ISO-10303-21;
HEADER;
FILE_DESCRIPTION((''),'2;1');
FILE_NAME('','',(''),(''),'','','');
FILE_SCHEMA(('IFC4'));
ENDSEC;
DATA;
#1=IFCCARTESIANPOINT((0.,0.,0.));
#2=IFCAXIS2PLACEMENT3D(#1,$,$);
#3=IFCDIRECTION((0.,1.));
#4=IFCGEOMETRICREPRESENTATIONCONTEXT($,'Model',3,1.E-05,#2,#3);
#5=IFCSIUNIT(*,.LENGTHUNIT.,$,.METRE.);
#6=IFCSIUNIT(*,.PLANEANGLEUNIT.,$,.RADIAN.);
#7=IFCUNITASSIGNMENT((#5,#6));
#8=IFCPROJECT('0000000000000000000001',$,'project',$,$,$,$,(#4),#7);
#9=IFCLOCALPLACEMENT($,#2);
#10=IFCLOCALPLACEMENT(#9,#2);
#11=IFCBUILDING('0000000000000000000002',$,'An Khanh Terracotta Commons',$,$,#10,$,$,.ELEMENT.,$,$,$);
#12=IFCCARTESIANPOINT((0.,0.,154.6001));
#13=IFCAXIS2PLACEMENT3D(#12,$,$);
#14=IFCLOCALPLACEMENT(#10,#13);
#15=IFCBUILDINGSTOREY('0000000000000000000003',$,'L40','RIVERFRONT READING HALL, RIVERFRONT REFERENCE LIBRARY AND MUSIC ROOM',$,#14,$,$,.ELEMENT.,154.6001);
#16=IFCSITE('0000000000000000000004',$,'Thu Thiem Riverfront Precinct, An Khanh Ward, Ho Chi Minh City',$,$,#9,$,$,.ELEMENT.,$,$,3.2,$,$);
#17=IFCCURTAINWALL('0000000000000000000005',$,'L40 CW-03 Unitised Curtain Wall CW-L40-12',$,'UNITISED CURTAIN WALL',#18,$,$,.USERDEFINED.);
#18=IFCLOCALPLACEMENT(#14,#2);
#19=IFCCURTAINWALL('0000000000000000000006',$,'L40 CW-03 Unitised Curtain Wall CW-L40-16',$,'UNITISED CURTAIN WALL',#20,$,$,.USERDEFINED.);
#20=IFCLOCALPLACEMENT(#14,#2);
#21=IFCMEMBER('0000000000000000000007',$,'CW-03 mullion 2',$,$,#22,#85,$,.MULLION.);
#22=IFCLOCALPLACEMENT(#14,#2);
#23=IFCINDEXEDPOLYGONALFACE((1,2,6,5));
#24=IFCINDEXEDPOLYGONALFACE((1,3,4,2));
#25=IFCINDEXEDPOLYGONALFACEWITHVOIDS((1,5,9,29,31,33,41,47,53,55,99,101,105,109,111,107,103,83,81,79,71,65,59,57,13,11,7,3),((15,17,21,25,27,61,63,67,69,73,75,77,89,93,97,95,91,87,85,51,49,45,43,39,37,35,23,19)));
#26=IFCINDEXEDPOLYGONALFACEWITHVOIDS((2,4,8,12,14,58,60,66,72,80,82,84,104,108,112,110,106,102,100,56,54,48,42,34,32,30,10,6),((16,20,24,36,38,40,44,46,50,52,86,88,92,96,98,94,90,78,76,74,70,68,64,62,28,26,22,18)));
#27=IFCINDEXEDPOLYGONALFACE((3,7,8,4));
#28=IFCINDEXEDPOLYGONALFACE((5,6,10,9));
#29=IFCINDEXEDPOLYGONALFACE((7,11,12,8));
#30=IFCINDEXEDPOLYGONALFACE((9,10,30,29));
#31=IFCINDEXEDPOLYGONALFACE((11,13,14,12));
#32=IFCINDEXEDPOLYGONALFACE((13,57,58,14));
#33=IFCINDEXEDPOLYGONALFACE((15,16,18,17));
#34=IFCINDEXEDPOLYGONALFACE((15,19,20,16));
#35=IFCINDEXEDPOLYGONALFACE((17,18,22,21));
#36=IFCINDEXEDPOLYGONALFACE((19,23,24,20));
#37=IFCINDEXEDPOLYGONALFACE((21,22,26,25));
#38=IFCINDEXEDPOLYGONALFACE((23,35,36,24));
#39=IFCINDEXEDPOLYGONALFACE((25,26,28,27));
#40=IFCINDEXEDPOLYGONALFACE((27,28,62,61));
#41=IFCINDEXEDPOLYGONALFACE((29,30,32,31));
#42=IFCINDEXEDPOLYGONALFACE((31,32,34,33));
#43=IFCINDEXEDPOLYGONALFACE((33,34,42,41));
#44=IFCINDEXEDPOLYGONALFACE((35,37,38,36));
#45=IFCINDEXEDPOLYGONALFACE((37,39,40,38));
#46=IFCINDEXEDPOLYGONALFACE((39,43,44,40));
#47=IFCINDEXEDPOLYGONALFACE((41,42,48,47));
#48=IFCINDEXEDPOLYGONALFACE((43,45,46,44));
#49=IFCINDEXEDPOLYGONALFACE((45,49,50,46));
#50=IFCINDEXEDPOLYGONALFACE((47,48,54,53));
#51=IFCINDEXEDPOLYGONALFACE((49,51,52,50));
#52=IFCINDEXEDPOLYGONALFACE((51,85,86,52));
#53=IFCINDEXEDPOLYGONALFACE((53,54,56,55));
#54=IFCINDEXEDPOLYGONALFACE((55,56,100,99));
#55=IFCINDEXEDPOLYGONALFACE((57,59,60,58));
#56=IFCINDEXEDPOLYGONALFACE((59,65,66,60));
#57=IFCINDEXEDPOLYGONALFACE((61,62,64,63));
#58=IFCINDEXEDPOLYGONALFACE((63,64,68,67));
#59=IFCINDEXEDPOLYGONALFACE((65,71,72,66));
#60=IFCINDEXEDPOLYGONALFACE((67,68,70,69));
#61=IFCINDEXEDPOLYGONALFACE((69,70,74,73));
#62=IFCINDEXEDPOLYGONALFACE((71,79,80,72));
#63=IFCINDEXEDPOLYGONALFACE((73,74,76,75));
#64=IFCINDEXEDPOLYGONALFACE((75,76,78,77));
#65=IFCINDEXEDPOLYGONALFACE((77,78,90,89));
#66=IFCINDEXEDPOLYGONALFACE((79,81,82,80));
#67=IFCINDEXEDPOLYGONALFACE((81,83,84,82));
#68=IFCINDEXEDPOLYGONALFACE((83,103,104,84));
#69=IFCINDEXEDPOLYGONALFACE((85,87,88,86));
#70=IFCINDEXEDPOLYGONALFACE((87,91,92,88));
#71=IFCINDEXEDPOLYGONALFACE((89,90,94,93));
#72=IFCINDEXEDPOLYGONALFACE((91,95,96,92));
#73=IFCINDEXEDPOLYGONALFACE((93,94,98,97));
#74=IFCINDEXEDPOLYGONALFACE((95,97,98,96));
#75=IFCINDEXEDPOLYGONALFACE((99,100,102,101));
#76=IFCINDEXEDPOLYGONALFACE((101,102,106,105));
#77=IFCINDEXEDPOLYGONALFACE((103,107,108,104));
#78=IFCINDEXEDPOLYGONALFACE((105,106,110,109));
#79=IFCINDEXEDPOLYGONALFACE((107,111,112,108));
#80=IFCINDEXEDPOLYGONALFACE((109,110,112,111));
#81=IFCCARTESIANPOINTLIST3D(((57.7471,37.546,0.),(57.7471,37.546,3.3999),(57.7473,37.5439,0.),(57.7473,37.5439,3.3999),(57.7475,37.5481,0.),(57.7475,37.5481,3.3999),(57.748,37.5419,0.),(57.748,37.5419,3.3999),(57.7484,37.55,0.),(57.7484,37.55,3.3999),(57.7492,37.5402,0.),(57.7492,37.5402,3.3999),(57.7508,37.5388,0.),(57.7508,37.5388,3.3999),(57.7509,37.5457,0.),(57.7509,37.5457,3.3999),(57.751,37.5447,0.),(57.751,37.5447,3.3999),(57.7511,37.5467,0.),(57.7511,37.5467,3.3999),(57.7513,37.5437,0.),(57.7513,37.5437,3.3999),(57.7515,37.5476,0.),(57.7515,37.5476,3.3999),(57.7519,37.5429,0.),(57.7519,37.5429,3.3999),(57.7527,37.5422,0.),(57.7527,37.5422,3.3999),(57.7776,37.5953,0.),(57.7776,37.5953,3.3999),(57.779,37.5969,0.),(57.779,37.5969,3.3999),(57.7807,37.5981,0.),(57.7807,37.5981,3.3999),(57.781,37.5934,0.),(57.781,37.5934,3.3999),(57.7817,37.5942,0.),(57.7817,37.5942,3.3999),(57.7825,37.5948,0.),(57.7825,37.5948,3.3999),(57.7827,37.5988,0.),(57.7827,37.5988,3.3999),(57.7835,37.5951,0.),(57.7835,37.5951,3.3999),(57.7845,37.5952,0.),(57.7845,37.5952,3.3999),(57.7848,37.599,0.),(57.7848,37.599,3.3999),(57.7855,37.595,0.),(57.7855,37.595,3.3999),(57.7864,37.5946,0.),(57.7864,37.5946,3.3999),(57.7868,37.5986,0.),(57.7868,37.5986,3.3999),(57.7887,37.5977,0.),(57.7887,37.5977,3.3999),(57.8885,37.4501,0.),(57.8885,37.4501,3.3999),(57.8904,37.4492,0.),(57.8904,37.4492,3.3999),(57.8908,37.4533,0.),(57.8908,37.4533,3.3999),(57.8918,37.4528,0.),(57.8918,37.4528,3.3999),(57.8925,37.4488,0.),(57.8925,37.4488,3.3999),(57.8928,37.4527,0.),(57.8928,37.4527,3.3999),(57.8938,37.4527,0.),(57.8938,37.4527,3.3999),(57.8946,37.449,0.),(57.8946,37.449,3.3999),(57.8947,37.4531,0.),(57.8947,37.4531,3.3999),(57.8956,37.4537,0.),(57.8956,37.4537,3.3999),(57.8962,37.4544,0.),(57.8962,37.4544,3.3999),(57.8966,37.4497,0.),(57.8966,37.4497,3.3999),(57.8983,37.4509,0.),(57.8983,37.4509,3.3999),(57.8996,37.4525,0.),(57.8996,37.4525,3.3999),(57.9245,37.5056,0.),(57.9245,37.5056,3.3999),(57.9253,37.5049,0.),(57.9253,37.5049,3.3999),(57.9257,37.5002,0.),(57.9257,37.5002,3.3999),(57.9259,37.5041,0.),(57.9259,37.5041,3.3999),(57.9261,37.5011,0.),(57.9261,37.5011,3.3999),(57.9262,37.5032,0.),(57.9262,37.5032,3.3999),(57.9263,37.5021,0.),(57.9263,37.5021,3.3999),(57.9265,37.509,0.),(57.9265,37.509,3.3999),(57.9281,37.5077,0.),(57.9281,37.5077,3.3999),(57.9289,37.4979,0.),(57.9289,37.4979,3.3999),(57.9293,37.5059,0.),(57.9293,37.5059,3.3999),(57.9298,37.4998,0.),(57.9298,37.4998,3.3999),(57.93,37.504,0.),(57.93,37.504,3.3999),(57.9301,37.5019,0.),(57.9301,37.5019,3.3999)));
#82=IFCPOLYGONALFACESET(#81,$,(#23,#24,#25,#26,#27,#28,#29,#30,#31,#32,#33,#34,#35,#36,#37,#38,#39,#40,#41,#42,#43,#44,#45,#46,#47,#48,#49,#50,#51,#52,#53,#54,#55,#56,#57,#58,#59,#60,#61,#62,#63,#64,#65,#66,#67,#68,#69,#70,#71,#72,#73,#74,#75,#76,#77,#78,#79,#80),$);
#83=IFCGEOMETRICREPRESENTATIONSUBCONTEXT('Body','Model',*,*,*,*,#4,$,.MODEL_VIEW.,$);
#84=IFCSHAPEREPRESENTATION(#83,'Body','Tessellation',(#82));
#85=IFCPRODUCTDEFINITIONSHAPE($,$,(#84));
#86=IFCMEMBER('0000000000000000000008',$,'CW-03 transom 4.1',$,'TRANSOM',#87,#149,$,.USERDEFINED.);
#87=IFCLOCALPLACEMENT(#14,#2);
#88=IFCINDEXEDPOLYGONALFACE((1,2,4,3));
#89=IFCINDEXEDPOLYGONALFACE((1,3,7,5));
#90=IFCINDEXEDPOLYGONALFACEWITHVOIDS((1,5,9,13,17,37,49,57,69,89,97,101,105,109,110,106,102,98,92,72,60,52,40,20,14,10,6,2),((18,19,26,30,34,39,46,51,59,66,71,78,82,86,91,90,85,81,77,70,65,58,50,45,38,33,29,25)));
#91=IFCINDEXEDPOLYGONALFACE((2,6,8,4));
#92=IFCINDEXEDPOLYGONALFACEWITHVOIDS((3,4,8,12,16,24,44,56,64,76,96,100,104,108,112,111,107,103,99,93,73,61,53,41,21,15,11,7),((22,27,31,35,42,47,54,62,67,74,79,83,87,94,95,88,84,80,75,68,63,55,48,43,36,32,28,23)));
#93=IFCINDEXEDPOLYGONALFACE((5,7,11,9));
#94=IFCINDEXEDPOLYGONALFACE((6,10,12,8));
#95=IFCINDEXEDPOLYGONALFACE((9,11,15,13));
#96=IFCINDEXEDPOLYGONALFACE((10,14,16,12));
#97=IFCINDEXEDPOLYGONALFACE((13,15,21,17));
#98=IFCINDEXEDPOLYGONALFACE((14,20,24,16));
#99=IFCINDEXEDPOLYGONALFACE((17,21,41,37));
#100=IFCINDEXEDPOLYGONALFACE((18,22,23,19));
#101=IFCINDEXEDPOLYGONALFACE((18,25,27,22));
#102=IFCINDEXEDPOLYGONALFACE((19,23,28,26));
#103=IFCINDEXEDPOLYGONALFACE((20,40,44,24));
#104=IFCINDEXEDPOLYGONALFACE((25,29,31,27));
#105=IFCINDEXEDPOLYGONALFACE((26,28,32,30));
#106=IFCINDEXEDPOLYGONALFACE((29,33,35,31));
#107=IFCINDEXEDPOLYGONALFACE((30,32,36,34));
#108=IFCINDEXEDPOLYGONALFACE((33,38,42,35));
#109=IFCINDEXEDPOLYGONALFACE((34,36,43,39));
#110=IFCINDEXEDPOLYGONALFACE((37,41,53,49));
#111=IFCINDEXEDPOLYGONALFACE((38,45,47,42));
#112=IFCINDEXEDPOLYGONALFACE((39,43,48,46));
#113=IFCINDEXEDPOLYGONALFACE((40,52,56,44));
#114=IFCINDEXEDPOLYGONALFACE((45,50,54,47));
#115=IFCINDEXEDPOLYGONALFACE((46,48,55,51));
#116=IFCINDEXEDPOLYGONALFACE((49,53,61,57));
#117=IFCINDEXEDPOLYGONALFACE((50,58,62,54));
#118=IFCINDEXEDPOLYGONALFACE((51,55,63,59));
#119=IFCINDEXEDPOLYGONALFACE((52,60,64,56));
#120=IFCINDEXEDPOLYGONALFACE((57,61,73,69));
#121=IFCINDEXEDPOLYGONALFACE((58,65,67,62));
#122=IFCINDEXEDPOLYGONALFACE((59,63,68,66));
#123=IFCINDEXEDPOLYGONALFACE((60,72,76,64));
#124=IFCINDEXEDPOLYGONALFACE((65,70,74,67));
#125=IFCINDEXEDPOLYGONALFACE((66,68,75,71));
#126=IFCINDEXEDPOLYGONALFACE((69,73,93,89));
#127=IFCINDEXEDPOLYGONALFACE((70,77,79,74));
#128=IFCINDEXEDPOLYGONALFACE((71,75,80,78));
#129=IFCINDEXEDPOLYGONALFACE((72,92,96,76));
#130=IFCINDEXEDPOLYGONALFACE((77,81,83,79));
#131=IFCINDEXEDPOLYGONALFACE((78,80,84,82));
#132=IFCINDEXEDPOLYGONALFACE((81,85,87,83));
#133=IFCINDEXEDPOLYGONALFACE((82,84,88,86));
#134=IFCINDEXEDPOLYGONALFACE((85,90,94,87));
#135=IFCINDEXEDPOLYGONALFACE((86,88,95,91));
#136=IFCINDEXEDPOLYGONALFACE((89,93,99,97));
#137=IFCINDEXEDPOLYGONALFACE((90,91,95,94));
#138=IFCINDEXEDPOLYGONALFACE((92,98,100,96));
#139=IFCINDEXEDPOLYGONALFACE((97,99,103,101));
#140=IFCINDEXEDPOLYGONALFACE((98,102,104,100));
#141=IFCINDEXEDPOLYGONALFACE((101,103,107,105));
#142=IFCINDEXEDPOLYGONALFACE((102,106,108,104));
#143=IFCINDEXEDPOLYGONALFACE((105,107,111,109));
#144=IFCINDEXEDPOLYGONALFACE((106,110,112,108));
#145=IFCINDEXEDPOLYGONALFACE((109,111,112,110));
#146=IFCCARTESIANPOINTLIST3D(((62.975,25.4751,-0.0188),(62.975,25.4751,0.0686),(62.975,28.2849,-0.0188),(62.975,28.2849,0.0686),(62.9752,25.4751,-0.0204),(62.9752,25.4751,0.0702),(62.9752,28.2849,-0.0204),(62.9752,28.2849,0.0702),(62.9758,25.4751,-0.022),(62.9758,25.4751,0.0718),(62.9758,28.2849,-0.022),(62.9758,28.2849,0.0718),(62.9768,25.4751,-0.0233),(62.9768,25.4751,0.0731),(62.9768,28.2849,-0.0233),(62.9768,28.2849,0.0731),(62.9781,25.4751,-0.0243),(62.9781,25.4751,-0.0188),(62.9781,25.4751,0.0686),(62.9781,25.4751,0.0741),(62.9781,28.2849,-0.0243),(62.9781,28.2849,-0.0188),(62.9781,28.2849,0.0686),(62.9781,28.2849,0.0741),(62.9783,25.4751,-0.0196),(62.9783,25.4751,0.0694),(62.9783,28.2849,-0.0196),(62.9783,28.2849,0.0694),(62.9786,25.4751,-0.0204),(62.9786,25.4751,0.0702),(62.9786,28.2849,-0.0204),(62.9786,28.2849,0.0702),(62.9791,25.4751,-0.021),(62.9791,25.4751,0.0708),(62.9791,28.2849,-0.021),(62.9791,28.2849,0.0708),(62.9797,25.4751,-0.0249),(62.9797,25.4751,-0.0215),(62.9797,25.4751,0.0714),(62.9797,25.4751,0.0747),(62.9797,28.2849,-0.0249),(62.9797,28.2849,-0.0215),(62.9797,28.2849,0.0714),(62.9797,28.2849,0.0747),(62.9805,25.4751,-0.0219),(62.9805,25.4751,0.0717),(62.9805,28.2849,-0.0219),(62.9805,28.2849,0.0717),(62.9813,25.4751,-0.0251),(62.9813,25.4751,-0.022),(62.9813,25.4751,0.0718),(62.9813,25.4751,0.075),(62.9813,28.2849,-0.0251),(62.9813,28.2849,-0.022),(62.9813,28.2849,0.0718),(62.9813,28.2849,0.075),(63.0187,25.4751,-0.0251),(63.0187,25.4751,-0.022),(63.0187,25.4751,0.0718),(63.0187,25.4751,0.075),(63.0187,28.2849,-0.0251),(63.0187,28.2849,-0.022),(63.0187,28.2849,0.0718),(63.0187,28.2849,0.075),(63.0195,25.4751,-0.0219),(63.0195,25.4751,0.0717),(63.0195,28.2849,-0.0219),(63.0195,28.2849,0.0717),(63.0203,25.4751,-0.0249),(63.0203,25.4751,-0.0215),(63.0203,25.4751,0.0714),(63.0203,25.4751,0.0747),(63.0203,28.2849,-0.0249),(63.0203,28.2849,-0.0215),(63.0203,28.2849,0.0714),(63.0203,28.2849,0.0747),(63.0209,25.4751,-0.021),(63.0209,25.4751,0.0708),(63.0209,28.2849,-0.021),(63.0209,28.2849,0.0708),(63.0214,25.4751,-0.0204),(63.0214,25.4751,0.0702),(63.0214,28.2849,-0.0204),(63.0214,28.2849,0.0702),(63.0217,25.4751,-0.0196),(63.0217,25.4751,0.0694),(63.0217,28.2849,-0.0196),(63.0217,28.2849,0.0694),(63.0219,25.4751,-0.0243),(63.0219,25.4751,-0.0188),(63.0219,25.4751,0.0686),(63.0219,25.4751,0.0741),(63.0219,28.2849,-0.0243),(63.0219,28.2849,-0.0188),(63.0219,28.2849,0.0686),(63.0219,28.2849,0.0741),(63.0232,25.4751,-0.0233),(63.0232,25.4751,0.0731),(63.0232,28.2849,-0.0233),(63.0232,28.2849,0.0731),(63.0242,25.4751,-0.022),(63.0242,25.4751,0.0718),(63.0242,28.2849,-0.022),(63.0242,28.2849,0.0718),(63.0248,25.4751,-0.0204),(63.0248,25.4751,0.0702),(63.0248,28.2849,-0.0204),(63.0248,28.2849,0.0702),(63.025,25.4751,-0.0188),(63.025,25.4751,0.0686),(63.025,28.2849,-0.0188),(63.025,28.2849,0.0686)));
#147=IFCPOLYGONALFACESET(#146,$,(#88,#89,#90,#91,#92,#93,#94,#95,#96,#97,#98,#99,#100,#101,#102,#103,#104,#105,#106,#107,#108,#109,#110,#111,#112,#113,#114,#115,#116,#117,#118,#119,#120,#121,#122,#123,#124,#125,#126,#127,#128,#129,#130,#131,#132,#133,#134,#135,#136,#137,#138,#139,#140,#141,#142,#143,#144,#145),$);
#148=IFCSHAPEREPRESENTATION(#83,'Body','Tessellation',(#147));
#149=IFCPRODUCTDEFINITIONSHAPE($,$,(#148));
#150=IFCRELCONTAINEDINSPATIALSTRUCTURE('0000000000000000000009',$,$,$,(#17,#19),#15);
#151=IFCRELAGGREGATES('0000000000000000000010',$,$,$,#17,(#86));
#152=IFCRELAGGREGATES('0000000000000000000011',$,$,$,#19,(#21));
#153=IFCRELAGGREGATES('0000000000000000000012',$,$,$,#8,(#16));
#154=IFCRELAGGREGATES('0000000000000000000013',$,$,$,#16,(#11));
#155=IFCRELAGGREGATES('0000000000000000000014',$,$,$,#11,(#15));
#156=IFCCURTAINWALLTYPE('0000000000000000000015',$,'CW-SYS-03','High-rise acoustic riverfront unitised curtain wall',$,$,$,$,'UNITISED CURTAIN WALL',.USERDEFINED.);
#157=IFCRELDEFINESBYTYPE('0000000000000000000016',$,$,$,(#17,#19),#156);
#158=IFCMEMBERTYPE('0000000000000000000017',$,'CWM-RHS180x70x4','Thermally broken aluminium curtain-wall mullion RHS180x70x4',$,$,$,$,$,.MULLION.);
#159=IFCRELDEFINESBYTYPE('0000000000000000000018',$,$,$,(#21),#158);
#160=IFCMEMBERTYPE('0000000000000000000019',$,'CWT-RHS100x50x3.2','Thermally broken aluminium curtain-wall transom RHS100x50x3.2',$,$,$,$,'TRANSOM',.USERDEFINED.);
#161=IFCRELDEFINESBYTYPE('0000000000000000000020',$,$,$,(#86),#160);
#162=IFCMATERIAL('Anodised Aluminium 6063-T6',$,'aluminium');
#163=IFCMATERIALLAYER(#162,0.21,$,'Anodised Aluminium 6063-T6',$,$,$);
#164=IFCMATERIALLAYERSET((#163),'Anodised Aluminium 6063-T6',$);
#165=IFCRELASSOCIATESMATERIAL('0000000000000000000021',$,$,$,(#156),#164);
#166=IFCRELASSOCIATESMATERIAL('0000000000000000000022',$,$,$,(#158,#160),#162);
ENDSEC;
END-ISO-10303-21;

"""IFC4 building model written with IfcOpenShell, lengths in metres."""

from ifc_helpers import new_model, si_unit, direction, frame, origin, origin_2d, place, context, subcontext, project, spatial, hollow_rectangle, extrude, material, layer, layer_set, material_profile, profile_set, type_object, element, aggregate, save


model = new_model("IFC4")

# Units and contexts
model_context = context("Model", 3, precision=1e-05, world=origin(), true_north=direction((0.0, 1.0)))
body_context = subcontext(model_context, "Body", "Model", "MODEL_VIEW")
ifc_project = project(units=[si_unit("LENGTHUNIT", "METRE"), si_unit("PLANEANGLEUNIT", "RADIAN")], contexts=[model_context])

# Site, building, storey
site_placement = place(None, origin())
site = spatial("IfcSite", under=ifc_project, at=site_placement, Name="Thu Thiem Riverfront Precinct, An Khanh Ward, Ho Chi Minh City", CompositionType="ELEMENT", RefElevation=3.2)
building_placement = place(site_placement, origin())
building = spatial("IfcBuilding", under=site, at=building_placement, Name="An Khanh Terracotta Commons", CompositionType="ELEMENT")
storey_placement = place(building_placement, frame((0.0, 0.0, 154.6001)))
storey = spatial("IfcBuildingStorey", under=building, at=storey_placement, Name="L40", Description="RIVERFRONT READING HALL, RIVERFRONT REFERENCE LIBRARY AND MUSIC ROOM", CompositionType="ELEMENT", Elevation=154.6001)

# Curtain walls, member
ifc_material_1 = material(Name="Anodised Aluminium 6063-T6", Category="aluminium")
ifc_layer_1 = layer(ifc_material_1, 0.21, Name="Anodised Aluminium 6063-T6")
ifc_layer_set_1 = layer_set([ifc_layer_1], Name="Anodised Aluminium 6063-T6")
curtain_wall_type = type_object("IfcCurtainWallType", Name="CW-SYS-03", Description="High-rise acoustic riverfront unitised curtain wall", ElementType="UNITISED CURTAIN WALL", PredefinedType="USERDEFINED", material=ifc_layer_set_1)
curtain_wall_1_placement = place(storey_placement, origin())
curtain_wall_1 = element("IfcCurtainWall", 1, at=curtain_wall_1_placement, inside=storey, type_object=curtain_wall_type, Name="L40 CW-03 Unitised Curtain Wall CW-L40-12", ObjectType="UNITISED CURTAIN WALL", PredefinedType="USERDEFINED")
ifc_material_profile_1 = material_profile(ifc_material_1, hollow_rectangle(XDim=0.0701, YDim=0.1799, WallThickness=0.0039, InnerFilletRadius=0.0039, OuterFilletRadius=0.0081, at=origin_2d()), Name="RHS180x70x4")
ifc_profile_set_1 = profile_set([ifc_material_profile_1], Name="Anodised Aluminium 6063-T6")
member_type_1 = type_object("IfcMemberType", Name="CWM-RHS180x70x4", Description="Thermally broken aluminium curtain-wall mullion RHS180x70x4", PredefinedType="MULLION", material=ifc_profile_set_1)
curtain_wall_2_placement = place(storey_placement, origin())
curtain_wall_2 = element("IfcCurtainWall", 2, at=curtain_wall_2_placement, inside=storey, type_object=curtain_wall_type, Name="L40 CW-03 Unitised Curtain Wall CW-L40-16", ObjectType="UNITISED CURTAIN WALL", PredefinedType="USERDEFINED")
member_1_placement = place(storey_placement, frame((57.8386, 37.5239, 0.0), z_axis=(0.0, 0.0, 1.0), x_axis=(-0.541498, -0.840702, 0.0)))
member_1 = element("IfcMember", 3, at=member_1_placement, type_object=member_type_1, Name="CW-03 mullion 2", PredefinedType="MULLION", context=body_context, shape_type="SweptSolid", body=[
    extrude(hollow_rectangle(XDim=0.0701, YDim=0.1799, WallThickness=0.0039, InnerFilletRadius=0.0039, OuterFilletRadius=0.0081, at=origin_2d()), origin(), (0.0, 0.0, 1.0), 3.3999),
])

# Member
ifc_material_profile_2 = material_profile(ifc_material_1, hollow_rectangle(XDim=0.05, YDim=0.1001, WallThickness=0.0032, InnerFilletRadius=0.0032, OuterFilletRadius=0.0063, at=origin_2d()), Name="RHS100x50x3.2")
ifc_profile_set_2 = profile_set([ifc_material_profile_2], Name="Anodised Aluminium 6063-T6")
member_type_2 = type_object("IfcMemberType", Name="CWT-RHS100x50x3.2", Description="Thermally broken aluminium curtain-wall transom RHS100x50x3.2", ElementType="TRANSOM", PredefinedType="USERDEFINED", material=ifc_profile_set_2)
member_2_placement = place(storey_placement, frame((63.0, 25.4751, 0.0249), z_axis=(0.0, 1.0, 0.0), x_axis=(-1.0, 0.0, 0.0)))
member_2 = element("IfcMember", 4, at=member_2_placement, type_object=member_type_2, Name="CW-03 transom 4.1", ObjectType="TRANSOM", PredefinedType="USERDEFINED", context=body_context, shape_type="SweptSolid", body=[
    extrude(hollow_rectangle(XDim=0.05, YDim=0.1001, WallThickness=0.0032, InnerFilletRadius=0.0032, OuterFilletRadius=0.0063, at=origin_2d()), origin(), (0.0, 0.0, 1.0), 2.8098),
])

aggregate(curtain_wall_1, [member_2])
aggregate(curtain_wall_2, [member_1])

save(model, "model.ifc")
